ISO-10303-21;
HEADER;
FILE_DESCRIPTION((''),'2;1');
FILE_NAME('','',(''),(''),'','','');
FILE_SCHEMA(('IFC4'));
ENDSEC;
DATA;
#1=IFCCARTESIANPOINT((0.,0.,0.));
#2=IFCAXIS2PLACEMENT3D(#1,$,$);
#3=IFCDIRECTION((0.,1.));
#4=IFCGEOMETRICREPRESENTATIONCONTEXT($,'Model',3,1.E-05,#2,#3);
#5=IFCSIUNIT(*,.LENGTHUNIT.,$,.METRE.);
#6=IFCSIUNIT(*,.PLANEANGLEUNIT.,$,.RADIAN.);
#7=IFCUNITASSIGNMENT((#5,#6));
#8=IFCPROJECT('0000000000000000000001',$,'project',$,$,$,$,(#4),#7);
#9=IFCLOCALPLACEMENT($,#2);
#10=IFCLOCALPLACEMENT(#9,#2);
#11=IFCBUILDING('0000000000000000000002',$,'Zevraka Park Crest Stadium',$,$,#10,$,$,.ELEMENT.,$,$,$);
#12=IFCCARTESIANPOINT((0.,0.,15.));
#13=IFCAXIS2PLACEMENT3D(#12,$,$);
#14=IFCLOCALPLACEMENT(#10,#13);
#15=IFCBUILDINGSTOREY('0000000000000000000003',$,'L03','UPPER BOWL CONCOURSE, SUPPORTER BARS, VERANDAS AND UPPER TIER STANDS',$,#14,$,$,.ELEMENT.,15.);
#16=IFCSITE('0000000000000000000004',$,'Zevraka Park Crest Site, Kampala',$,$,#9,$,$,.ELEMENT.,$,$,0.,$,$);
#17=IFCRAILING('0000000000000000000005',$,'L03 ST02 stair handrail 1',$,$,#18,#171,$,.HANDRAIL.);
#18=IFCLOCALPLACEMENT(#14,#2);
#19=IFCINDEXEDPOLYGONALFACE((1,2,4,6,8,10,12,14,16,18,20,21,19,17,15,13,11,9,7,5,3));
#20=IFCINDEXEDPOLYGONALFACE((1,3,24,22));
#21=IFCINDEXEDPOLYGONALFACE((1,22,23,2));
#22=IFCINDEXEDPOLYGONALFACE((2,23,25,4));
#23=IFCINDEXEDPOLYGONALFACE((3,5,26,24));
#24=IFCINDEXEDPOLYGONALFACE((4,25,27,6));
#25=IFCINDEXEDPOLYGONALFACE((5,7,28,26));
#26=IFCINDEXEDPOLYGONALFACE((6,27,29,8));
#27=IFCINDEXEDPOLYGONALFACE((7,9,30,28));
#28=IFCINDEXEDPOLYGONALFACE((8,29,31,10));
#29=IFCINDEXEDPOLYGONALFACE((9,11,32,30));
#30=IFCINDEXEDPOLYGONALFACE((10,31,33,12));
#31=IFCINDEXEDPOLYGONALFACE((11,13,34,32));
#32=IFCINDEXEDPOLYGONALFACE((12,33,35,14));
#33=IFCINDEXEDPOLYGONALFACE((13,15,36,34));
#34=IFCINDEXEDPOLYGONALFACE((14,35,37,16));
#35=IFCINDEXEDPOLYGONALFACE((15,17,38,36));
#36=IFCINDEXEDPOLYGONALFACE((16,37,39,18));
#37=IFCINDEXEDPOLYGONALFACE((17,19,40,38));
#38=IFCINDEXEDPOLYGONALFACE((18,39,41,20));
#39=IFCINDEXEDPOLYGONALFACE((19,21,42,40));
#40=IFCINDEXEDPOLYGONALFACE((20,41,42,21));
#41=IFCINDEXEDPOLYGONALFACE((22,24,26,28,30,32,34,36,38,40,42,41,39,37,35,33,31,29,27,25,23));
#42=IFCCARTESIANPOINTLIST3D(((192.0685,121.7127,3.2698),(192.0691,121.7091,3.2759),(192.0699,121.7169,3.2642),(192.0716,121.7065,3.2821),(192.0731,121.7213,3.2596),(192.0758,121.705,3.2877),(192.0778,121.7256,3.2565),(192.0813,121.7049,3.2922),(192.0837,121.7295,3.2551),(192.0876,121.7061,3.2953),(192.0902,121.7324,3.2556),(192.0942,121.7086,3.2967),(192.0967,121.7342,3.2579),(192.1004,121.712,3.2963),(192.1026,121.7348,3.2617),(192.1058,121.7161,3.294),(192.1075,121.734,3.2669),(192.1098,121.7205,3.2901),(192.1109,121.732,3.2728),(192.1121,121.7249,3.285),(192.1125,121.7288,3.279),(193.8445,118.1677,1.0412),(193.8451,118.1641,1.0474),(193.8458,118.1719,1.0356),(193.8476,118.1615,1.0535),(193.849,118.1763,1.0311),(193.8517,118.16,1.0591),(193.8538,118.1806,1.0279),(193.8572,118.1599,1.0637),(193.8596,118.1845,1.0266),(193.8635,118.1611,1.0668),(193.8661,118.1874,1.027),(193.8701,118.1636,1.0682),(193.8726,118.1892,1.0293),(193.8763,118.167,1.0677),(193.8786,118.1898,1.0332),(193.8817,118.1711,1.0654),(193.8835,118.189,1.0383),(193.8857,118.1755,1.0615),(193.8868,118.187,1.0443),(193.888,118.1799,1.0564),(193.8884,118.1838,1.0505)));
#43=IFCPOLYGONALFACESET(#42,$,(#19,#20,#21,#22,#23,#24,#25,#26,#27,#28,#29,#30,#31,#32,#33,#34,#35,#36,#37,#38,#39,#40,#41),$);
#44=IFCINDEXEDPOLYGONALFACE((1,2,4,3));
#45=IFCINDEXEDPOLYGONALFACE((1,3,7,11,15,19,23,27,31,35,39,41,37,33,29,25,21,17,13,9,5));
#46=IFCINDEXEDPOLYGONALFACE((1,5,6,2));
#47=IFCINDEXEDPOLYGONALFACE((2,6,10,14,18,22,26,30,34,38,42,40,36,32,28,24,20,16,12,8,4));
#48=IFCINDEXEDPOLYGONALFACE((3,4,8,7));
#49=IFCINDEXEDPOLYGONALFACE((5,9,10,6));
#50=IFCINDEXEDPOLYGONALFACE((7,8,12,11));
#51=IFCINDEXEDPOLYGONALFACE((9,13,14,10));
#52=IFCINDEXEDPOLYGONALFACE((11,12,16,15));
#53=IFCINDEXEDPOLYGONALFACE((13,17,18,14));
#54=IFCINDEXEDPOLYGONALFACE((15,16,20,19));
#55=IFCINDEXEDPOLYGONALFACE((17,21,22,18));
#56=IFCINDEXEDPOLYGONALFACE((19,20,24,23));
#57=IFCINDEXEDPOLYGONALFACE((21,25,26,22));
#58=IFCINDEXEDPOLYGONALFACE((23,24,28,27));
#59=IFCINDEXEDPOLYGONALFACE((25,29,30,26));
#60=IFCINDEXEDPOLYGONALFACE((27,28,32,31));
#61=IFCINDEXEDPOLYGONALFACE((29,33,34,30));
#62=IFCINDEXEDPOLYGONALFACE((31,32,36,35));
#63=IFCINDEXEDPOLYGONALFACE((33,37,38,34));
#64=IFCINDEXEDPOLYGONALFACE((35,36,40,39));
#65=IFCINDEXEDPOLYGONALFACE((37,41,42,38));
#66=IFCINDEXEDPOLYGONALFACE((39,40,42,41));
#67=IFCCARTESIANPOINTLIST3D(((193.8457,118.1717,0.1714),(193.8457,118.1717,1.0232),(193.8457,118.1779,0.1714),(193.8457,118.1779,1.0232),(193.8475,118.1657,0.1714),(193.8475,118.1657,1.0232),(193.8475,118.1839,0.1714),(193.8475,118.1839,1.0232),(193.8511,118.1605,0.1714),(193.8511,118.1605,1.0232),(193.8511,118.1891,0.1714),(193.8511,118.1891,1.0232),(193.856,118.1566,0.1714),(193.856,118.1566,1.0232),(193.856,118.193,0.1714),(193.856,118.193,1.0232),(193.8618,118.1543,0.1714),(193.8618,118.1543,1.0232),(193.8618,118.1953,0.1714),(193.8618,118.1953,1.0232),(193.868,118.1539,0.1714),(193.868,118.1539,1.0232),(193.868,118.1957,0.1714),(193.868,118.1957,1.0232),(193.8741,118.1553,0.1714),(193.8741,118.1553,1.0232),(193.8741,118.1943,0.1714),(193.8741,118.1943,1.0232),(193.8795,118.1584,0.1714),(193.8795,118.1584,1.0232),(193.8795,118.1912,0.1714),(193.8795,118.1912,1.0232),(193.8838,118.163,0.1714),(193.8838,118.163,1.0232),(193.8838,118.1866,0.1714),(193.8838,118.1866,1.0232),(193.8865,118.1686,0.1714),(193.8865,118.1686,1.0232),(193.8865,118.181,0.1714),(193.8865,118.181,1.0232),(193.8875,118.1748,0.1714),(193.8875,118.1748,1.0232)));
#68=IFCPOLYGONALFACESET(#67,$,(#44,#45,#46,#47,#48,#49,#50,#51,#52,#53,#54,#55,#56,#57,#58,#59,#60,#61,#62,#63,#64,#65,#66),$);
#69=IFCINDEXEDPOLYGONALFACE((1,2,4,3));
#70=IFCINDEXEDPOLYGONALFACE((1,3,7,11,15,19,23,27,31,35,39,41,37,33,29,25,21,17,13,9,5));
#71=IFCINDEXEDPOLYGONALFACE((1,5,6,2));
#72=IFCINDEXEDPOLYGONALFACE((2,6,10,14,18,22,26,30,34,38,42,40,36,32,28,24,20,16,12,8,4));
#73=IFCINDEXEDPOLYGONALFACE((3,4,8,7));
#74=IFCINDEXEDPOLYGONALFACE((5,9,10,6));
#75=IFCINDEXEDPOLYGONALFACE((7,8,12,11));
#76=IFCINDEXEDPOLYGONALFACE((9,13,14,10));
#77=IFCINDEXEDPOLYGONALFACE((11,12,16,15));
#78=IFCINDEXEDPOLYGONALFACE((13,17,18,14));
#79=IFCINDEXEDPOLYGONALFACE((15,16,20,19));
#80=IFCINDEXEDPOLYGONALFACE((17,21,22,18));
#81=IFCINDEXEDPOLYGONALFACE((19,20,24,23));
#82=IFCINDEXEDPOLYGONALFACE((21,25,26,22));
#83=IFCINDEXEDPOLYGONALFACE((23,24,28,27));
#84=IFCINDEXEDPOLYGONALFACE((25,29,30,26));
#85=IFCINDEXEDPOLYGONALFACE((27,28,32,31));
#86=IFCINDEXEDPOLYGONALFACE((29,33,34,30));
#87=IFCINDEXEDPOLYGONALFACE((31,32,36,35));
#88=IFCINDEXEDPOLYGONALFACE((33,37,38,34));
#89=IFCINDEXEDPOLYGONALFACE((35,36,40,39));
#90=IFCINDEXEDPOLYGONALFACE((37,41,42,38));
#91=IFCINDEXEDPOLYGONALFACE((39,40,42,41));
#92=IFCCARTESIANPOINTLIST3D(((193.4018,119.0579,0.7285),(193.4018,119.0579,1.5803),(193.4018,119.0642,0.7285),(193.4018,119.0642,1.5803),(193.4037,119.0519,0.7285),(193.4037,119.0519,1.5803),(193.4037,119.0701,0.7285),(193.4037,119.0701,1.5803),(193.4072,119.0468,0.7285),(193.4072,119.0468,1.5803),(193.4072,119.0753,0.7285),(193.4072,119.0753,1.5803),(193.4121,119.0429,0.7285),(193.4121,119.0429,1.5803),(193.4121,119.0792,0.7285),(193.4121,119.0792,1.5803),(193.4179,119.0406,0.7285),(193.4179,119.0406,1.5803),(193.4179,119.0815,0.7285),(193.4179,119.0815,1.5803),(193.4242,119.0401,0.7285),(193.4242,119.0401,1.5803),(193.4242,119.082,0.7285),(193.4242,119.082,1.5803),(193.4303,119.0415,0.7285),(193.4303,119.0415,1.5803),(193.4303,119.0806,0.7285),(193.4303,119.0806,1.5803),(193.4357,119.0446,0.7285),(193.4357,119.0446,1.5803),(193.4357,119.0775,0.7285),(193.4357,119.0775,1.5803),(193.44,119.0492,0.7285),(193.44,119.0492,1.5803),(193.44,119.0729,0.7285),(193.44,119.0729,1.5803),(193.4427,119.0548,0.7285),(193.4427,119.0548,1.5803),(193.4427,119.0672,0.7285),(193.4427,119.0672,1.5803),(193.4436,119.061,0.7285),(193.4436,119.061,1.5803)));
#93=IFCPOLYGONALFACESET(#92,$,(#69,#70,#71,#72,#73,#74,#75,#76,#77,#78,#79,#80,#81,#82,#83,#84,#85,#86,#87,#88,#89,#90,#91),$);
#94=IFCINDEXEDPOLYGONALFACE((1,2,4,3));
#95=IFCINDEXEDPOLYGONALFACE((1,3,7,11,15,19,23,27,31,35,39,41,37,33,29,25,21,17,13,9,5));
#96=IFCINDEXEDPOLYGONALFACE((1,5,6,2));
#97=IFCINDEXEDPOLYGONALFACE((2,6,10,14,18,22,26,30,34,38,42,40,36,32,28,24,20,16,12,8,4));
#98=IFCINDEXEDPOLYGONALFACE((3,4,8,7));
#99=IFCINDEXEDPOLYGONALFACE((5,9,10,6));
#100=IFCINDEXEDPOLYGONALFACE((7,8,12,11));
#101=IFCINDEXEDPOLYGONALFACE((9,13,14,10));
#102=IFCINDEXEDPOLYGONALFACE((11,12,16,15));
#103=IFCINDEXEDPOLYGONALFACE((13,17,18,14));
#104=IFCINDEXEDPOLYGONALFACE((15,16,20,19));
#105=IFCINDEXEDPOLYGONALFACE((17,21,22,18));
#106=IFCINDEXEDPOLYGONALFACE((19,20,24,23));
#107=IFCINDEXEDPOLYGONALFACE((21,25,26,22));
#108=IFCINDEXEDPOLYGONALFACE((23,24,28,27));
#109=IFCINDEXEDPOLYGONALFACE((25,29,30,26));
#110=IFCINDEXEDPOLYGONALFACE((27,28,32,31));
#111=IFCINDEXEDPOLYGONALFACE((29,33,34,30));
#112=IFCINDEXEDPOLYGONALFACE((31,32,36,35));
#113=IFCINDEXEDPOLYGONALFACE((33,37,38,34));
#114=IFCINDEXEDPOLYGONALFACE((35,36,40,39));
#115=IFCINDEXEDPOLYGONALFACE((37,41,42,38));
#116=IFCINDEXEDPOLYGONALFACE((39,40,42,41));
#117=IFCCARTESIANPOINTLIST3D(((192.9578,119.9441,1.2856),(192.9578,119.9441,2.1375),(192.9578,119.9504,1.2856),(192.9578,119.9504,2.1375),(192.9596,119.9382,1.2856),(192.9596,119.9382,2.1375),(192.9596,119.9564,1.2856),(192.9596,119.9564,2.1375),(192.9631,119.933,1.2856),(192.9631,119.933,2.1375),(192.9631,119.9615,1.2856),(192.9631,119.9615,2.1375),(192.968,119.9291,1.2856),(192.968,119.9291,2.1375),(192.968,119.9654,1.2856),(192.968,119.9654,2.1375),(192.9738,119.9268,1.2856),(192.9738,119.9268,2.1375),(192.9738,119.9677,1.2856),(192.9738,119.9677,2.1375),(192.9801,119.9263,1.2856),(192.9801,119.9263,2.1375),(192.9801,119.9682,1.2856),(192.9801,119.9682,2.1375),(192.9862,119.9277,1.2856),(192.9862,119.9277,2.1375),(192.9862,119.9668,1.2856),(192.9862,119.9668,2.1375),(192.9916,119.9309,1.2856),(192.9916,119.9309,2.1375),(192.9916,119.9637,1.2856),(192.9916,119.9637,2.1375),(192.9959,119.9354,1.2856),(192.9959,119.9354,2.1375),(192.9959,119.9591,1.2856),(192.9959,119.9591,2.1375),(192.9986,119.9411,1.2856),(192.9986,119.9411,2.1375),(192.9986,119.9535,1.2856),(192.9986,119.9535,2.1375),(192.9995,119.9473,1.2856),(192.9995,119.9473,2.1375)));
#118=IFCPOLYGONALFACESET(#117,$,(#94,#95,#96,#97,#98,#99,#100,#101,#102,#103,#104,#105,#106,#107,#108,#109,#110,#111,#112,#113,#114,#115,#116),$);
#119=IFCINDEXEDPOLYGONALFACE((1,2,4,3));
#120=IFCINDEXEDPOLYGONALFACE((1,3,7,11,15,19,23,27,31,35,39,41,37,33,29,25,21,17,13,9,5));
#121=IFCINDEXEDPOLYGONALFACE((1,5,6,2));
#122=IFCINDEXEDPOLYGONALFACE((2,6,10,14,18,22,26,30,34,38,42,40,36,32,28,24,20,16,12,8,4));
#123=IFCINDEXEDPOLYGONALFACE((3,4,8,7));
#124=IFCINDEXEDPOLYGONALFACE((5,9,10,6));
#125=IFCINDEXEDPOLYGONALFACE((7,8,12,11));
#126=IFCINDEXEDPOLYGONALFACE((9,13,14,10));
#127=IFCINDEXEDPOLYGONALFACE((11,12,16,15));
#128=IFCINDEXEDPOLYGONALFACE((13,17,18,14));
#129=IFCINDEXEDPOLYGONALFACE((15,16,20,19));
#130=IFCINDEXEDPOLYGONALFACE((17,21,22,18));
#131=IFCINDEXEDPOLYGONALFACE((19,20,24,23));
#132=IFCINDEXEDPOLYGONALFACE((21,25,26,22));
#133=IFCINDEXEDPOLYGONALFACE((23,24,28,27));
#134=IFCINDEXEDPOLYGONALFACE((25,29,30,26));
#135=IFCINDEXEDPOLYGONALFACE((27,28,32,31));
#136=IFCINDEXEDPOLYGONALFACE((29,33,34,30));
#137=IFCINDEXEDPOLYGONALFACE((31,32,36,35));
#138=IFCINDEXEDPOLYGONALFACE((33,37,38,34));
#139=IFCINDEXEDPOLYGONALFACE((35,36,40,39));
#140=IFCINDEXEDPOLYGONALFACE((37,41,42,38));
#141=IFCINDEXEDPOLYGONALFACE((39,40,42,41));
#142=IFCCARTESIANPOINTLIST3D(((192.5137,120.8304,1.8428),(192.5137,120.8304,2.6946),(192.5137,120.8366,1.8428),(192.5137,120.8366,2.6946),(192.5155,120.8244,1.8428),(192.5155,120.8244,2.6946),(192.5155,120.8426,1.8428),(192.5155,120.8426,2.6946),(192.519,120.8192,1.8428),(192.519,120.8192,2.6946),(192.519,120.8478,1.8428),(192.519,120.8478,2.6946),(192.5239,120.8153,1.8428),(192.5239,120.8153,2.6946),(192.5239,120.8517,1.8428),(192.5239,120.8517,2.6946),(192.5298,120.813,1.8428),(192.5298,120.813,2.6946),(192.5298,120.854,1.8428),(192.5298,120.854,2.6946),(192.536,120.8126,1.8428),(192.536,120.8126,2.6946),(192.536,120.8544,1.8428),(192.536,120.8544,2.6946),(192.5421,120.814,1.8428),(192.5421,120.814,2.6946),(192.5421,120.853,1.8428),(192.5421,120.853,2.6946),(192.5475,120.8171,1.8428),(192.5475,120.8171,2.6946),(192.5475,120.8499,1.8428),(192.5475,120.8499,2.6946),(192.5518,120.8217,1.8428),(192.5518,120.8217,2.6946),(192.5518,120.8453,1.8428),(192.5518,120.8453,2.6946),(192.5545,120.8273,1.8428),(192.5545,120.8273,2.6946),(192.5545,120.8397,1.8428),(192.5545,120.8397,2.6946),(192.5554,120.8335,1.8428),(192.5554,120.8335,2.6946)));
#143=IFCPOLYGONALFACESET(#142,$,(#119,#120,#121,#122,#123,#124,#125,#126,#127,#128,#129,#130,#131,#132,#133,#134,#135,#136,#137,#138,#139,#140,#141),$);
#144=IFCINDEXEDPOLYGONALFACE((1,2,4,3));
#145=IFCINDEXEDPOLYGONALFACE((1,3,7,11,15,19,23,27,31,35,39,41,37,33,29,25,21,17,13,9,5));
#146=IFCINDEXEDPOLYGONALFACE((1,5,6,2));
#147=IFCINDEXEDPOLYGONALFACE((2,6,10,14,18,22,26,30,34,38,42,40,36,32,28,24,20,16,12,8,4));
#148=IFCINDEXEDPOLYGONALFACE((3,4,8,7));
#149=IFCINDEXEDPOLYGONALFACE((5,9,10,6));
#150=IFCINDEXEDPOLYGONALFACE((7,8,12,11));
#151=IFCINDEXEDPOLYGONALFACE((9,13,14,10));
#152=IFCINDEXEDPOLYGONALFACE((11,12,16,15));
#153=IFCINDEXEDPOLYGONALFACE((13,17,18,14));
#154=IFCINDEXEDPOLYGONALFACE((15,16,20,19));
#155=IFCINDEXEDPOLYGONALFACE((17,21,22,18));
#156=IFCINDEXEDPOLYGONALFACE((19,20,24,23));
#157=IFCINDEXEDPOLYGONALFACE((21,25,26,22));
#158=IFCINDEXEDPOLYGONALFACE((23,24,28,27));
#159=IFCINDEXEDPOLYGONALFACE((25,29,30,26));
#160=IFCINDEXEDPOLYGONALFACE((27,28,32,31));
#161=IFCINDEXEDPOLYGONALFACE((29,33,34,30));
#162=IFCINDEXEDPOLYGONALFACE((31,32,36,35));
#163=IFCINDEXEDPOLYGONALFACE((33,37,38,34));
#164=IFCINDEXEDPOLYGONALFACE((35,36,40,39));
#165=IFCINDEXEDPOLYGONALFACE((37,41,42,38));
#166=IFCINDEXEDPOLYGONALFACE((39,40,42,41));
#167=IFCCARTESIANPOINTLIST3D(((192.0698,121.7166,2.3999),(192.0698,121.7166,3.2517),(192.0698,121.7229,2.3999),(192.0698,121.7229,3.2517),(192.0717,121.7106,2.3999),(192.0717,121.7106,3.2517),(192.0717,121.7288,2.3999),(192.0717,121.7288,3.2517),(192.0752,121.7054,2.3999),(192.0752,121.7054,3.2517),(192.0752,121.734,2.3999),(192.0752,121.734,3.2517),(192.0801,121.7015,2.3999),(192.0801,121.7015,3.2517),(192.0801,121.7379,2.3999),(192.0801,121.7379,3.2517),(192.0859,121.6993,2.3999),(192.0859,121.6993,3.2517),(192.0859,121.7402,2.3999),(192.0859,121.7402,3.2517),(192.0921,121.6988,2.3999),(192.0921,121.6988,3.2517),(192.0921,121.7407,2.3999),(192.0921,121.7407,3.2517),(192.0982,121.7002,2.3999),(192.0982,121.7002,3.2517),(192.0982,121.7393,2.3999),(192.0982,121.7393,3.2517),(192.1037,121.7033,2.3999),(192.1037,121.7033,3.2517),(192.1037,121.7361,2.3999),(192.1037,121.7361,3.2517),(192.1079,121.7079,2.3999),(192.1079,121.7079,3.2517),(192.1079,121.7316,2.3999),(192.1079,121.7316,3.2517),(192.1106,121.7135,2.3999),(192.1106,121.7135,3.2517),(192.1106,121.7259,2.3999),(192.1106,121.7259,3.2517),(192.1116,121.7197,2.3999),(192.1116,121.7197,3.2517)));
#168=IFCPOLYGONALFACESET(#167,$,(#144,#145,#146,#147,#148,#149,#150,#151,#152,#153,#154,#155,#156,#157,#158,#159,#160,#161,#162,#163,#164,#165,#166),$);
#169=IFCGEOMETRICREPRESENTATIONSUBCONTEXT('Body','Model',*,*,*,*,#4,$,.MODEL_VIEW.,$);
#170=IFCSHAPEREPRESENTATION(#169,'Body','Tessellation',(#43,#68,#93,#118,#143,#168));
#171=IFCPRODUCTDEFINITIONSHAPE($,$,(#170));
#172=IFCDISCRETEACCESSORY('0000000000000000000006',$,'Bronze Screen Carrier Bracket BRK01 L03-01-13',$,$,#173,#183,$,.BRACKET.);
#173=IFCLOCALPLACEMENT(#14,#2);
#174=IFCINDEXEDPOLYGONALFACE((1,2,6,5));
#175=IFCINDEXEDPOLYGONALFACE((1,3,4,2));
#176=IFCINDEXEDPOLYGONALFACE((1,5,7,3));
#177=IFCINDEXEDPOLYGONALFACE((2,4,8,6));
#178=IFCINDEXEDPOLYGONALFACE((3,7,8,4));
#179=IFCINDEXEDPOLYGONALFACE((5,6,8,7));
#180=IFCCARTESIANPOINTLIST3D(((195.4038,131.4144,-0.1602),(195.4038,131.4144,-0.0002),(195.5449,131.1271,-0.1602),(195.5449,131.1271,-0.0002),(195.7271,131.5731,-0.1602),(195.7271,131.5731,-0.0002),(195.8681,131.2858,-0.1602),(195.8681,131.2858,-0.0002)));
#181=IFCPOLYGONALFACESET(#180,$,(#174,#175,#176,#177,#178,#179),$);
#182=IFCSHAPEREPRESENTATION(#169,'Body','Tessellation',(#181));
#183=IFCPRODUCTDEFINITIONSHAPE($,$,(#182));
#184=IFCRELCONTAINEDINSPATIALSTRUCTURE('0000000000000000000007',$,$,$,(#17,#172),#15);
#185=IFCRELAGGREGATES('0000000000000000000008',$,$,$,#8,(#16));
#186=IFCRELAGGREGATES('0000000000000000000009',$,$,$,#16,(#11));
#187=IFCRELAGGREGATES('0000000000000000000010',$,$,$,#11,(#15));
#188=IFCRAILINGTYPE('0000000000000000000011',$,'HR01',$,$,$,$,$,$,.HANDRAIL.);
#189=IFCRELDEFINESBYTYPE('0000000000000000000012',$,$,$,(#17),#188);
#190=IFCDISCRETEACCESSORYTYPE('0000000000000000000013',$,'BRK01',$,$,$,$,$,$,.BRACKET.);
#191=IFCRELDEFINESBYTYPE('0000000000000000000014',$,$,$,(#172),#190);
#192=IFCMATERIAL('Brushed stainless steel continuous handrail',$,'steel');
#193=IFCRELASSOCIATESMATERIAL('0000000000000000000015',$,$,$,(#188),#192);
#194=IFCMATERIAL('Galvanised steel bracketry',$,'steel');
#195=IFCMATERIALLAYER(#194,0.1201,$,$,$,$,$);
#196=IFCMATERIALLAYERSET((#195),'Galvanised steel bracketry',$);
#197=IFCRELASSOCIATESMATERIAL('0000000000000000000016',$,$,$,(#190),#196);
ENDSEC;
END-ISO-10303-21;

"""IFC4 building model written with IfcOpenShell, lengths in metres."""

from ifc_helpers import new_model, si_unit, direction, frame, origin, origin_2d, place, context, subcontext, project, spatial, rectangle, circle, extrude, material, layer, layer_set, type_object, element, save


model = new_model("IFC4")

# Units and contexts
model_context = context("Model", 3, precision=1e-05, world=origin(), true_north=direction((0.0, 1.0)))
body_context = subcontext(model_context, "Body", "Model", "MODEL_VIEW")
ifc_project = project(units=[si_unit("LENGTHUNIT", "METRE"), si_unit("PLANEANGLEUNIT", "RADIAN")], contexts=[model_context])

# Site, building, storey
site_placement = place(None, origin())
site = spatial("IfcSite", under=ifc_project, at=site_placement, Name="Zevraka Park Crest Site, Kampala", CompositionType="ELEMENT", RefElevation=0.0)
building_placement = place(site_placement, origin())
building = spatial("IfcBuilding", under=site, at=building_placement, Name="Zevraka Park Crest Stadium", CompositionType="ELEMENT")
storey_placement = place(building_placement, frame((0.0, 0.0, 15.0)))
storey = spatial("IfcBuildingStorey", under=building, at=storey_placement, Name="L03", Description="UPPER BOWL CONCOURSE, SUPPORTER BARS, VERANDAS AND UPPER TIER STANDS", CompositionType="ELEMENT", Elevation=15.0)

# Railing
ifc_material_1 = material(Name="Brushed stainless steel continuous handrail", Category="steel")
railing_type_1 = type_object("IfcRailingType", Name="HR01", PredefinedType="HANDRAIL", material=ifc_material_1)
railing_1_placement = place(storey_placement, frame((193.8665, 118.1748, 0.1714)))
element("IfcRailing", 1, at=railing_1_placement, inside=storey, type_object=railing_type_1, Name="L03 ST02 stair handrail 1", PredefinedType="HANDRAIL", context=body_context, shape_type="SweptSolid", body=[
    extrude(circle(Radius=0.0239, at=origin_2d()), frame((0.0, 0.0, 0.876), z_axis=(-0.390454, 0.779405, 0.489973), x_axis=(-0.894082, -0.447903, 0.0)), (0.0, 0.0, 1.0), 4.5483),
    extrude(circle(Radius=0.021, at=origin_2d()), origin(), (0.0, 0.0, 1.0), 0.8518),
    extrude(circle(Radius=0.021, at=origin_2d()), frame((-0.4438, 0.8862, 0.5571)), (0.0, 0.0, 1.0), 0.8518),
    extrude(circle(Radius=0.021, at=origin_2d()), frame((-0.8879, 1.7725, 1.1143)), (0.0, 0.0, 1.0), 0.8518),
    extrude(circle(Radius=0.021, at=origin_2d()), frame((-1.332, 2.6587, 1.6714)), (0.0, 0.0, 1.0), 0.8518),
    extrude(circle(Radius=0.021, at=origin_2d()), frame((-1.7759, 3.5449, 2.2285)), (0.0, 0.0, 1.0), 0.8518),
])

# Discrete accessory
ifc_material_2 = material(Name="Galvanised steel bracketry", Category="steel")
ifc_layer_1 = layer(ifc_material_2, 0.1201)
ifc_layer_set_1 = layer_set([ifc_layer_1], Name="Galvanised steel bracketry")
discrete_accessory_type = type_object("IfcDiscreteAccessoryType", Name="BRK01", PredefinedType="BRACKET", material=ifc_layer_set_1)
discrete_accessory_placement = place(storey_placement, frame((195.636, 131.3501, -0.1602), z_axis=(0.0, 0.0, 1.0), x_axis=(-0.440723, 0.897643, 0.0)))
element("IfcDiscreteAccessory", 2, at=discrete_accessory_placement, inside=storey, type_object=discrete_accessory_type, Name="Bronze Screen Carrier Bracket BRK01 L03-01-13", PredefinedType="BRACKET", context=body_context, shape_type="SweptSolid", body=[
    extrude(rectangle(XDim=0.3201, YDim=0.3601, at=origin_2d()), origin(), (0.0, 0.0, 1.0), 0.1599),
])

save(model, "model.ifc")
